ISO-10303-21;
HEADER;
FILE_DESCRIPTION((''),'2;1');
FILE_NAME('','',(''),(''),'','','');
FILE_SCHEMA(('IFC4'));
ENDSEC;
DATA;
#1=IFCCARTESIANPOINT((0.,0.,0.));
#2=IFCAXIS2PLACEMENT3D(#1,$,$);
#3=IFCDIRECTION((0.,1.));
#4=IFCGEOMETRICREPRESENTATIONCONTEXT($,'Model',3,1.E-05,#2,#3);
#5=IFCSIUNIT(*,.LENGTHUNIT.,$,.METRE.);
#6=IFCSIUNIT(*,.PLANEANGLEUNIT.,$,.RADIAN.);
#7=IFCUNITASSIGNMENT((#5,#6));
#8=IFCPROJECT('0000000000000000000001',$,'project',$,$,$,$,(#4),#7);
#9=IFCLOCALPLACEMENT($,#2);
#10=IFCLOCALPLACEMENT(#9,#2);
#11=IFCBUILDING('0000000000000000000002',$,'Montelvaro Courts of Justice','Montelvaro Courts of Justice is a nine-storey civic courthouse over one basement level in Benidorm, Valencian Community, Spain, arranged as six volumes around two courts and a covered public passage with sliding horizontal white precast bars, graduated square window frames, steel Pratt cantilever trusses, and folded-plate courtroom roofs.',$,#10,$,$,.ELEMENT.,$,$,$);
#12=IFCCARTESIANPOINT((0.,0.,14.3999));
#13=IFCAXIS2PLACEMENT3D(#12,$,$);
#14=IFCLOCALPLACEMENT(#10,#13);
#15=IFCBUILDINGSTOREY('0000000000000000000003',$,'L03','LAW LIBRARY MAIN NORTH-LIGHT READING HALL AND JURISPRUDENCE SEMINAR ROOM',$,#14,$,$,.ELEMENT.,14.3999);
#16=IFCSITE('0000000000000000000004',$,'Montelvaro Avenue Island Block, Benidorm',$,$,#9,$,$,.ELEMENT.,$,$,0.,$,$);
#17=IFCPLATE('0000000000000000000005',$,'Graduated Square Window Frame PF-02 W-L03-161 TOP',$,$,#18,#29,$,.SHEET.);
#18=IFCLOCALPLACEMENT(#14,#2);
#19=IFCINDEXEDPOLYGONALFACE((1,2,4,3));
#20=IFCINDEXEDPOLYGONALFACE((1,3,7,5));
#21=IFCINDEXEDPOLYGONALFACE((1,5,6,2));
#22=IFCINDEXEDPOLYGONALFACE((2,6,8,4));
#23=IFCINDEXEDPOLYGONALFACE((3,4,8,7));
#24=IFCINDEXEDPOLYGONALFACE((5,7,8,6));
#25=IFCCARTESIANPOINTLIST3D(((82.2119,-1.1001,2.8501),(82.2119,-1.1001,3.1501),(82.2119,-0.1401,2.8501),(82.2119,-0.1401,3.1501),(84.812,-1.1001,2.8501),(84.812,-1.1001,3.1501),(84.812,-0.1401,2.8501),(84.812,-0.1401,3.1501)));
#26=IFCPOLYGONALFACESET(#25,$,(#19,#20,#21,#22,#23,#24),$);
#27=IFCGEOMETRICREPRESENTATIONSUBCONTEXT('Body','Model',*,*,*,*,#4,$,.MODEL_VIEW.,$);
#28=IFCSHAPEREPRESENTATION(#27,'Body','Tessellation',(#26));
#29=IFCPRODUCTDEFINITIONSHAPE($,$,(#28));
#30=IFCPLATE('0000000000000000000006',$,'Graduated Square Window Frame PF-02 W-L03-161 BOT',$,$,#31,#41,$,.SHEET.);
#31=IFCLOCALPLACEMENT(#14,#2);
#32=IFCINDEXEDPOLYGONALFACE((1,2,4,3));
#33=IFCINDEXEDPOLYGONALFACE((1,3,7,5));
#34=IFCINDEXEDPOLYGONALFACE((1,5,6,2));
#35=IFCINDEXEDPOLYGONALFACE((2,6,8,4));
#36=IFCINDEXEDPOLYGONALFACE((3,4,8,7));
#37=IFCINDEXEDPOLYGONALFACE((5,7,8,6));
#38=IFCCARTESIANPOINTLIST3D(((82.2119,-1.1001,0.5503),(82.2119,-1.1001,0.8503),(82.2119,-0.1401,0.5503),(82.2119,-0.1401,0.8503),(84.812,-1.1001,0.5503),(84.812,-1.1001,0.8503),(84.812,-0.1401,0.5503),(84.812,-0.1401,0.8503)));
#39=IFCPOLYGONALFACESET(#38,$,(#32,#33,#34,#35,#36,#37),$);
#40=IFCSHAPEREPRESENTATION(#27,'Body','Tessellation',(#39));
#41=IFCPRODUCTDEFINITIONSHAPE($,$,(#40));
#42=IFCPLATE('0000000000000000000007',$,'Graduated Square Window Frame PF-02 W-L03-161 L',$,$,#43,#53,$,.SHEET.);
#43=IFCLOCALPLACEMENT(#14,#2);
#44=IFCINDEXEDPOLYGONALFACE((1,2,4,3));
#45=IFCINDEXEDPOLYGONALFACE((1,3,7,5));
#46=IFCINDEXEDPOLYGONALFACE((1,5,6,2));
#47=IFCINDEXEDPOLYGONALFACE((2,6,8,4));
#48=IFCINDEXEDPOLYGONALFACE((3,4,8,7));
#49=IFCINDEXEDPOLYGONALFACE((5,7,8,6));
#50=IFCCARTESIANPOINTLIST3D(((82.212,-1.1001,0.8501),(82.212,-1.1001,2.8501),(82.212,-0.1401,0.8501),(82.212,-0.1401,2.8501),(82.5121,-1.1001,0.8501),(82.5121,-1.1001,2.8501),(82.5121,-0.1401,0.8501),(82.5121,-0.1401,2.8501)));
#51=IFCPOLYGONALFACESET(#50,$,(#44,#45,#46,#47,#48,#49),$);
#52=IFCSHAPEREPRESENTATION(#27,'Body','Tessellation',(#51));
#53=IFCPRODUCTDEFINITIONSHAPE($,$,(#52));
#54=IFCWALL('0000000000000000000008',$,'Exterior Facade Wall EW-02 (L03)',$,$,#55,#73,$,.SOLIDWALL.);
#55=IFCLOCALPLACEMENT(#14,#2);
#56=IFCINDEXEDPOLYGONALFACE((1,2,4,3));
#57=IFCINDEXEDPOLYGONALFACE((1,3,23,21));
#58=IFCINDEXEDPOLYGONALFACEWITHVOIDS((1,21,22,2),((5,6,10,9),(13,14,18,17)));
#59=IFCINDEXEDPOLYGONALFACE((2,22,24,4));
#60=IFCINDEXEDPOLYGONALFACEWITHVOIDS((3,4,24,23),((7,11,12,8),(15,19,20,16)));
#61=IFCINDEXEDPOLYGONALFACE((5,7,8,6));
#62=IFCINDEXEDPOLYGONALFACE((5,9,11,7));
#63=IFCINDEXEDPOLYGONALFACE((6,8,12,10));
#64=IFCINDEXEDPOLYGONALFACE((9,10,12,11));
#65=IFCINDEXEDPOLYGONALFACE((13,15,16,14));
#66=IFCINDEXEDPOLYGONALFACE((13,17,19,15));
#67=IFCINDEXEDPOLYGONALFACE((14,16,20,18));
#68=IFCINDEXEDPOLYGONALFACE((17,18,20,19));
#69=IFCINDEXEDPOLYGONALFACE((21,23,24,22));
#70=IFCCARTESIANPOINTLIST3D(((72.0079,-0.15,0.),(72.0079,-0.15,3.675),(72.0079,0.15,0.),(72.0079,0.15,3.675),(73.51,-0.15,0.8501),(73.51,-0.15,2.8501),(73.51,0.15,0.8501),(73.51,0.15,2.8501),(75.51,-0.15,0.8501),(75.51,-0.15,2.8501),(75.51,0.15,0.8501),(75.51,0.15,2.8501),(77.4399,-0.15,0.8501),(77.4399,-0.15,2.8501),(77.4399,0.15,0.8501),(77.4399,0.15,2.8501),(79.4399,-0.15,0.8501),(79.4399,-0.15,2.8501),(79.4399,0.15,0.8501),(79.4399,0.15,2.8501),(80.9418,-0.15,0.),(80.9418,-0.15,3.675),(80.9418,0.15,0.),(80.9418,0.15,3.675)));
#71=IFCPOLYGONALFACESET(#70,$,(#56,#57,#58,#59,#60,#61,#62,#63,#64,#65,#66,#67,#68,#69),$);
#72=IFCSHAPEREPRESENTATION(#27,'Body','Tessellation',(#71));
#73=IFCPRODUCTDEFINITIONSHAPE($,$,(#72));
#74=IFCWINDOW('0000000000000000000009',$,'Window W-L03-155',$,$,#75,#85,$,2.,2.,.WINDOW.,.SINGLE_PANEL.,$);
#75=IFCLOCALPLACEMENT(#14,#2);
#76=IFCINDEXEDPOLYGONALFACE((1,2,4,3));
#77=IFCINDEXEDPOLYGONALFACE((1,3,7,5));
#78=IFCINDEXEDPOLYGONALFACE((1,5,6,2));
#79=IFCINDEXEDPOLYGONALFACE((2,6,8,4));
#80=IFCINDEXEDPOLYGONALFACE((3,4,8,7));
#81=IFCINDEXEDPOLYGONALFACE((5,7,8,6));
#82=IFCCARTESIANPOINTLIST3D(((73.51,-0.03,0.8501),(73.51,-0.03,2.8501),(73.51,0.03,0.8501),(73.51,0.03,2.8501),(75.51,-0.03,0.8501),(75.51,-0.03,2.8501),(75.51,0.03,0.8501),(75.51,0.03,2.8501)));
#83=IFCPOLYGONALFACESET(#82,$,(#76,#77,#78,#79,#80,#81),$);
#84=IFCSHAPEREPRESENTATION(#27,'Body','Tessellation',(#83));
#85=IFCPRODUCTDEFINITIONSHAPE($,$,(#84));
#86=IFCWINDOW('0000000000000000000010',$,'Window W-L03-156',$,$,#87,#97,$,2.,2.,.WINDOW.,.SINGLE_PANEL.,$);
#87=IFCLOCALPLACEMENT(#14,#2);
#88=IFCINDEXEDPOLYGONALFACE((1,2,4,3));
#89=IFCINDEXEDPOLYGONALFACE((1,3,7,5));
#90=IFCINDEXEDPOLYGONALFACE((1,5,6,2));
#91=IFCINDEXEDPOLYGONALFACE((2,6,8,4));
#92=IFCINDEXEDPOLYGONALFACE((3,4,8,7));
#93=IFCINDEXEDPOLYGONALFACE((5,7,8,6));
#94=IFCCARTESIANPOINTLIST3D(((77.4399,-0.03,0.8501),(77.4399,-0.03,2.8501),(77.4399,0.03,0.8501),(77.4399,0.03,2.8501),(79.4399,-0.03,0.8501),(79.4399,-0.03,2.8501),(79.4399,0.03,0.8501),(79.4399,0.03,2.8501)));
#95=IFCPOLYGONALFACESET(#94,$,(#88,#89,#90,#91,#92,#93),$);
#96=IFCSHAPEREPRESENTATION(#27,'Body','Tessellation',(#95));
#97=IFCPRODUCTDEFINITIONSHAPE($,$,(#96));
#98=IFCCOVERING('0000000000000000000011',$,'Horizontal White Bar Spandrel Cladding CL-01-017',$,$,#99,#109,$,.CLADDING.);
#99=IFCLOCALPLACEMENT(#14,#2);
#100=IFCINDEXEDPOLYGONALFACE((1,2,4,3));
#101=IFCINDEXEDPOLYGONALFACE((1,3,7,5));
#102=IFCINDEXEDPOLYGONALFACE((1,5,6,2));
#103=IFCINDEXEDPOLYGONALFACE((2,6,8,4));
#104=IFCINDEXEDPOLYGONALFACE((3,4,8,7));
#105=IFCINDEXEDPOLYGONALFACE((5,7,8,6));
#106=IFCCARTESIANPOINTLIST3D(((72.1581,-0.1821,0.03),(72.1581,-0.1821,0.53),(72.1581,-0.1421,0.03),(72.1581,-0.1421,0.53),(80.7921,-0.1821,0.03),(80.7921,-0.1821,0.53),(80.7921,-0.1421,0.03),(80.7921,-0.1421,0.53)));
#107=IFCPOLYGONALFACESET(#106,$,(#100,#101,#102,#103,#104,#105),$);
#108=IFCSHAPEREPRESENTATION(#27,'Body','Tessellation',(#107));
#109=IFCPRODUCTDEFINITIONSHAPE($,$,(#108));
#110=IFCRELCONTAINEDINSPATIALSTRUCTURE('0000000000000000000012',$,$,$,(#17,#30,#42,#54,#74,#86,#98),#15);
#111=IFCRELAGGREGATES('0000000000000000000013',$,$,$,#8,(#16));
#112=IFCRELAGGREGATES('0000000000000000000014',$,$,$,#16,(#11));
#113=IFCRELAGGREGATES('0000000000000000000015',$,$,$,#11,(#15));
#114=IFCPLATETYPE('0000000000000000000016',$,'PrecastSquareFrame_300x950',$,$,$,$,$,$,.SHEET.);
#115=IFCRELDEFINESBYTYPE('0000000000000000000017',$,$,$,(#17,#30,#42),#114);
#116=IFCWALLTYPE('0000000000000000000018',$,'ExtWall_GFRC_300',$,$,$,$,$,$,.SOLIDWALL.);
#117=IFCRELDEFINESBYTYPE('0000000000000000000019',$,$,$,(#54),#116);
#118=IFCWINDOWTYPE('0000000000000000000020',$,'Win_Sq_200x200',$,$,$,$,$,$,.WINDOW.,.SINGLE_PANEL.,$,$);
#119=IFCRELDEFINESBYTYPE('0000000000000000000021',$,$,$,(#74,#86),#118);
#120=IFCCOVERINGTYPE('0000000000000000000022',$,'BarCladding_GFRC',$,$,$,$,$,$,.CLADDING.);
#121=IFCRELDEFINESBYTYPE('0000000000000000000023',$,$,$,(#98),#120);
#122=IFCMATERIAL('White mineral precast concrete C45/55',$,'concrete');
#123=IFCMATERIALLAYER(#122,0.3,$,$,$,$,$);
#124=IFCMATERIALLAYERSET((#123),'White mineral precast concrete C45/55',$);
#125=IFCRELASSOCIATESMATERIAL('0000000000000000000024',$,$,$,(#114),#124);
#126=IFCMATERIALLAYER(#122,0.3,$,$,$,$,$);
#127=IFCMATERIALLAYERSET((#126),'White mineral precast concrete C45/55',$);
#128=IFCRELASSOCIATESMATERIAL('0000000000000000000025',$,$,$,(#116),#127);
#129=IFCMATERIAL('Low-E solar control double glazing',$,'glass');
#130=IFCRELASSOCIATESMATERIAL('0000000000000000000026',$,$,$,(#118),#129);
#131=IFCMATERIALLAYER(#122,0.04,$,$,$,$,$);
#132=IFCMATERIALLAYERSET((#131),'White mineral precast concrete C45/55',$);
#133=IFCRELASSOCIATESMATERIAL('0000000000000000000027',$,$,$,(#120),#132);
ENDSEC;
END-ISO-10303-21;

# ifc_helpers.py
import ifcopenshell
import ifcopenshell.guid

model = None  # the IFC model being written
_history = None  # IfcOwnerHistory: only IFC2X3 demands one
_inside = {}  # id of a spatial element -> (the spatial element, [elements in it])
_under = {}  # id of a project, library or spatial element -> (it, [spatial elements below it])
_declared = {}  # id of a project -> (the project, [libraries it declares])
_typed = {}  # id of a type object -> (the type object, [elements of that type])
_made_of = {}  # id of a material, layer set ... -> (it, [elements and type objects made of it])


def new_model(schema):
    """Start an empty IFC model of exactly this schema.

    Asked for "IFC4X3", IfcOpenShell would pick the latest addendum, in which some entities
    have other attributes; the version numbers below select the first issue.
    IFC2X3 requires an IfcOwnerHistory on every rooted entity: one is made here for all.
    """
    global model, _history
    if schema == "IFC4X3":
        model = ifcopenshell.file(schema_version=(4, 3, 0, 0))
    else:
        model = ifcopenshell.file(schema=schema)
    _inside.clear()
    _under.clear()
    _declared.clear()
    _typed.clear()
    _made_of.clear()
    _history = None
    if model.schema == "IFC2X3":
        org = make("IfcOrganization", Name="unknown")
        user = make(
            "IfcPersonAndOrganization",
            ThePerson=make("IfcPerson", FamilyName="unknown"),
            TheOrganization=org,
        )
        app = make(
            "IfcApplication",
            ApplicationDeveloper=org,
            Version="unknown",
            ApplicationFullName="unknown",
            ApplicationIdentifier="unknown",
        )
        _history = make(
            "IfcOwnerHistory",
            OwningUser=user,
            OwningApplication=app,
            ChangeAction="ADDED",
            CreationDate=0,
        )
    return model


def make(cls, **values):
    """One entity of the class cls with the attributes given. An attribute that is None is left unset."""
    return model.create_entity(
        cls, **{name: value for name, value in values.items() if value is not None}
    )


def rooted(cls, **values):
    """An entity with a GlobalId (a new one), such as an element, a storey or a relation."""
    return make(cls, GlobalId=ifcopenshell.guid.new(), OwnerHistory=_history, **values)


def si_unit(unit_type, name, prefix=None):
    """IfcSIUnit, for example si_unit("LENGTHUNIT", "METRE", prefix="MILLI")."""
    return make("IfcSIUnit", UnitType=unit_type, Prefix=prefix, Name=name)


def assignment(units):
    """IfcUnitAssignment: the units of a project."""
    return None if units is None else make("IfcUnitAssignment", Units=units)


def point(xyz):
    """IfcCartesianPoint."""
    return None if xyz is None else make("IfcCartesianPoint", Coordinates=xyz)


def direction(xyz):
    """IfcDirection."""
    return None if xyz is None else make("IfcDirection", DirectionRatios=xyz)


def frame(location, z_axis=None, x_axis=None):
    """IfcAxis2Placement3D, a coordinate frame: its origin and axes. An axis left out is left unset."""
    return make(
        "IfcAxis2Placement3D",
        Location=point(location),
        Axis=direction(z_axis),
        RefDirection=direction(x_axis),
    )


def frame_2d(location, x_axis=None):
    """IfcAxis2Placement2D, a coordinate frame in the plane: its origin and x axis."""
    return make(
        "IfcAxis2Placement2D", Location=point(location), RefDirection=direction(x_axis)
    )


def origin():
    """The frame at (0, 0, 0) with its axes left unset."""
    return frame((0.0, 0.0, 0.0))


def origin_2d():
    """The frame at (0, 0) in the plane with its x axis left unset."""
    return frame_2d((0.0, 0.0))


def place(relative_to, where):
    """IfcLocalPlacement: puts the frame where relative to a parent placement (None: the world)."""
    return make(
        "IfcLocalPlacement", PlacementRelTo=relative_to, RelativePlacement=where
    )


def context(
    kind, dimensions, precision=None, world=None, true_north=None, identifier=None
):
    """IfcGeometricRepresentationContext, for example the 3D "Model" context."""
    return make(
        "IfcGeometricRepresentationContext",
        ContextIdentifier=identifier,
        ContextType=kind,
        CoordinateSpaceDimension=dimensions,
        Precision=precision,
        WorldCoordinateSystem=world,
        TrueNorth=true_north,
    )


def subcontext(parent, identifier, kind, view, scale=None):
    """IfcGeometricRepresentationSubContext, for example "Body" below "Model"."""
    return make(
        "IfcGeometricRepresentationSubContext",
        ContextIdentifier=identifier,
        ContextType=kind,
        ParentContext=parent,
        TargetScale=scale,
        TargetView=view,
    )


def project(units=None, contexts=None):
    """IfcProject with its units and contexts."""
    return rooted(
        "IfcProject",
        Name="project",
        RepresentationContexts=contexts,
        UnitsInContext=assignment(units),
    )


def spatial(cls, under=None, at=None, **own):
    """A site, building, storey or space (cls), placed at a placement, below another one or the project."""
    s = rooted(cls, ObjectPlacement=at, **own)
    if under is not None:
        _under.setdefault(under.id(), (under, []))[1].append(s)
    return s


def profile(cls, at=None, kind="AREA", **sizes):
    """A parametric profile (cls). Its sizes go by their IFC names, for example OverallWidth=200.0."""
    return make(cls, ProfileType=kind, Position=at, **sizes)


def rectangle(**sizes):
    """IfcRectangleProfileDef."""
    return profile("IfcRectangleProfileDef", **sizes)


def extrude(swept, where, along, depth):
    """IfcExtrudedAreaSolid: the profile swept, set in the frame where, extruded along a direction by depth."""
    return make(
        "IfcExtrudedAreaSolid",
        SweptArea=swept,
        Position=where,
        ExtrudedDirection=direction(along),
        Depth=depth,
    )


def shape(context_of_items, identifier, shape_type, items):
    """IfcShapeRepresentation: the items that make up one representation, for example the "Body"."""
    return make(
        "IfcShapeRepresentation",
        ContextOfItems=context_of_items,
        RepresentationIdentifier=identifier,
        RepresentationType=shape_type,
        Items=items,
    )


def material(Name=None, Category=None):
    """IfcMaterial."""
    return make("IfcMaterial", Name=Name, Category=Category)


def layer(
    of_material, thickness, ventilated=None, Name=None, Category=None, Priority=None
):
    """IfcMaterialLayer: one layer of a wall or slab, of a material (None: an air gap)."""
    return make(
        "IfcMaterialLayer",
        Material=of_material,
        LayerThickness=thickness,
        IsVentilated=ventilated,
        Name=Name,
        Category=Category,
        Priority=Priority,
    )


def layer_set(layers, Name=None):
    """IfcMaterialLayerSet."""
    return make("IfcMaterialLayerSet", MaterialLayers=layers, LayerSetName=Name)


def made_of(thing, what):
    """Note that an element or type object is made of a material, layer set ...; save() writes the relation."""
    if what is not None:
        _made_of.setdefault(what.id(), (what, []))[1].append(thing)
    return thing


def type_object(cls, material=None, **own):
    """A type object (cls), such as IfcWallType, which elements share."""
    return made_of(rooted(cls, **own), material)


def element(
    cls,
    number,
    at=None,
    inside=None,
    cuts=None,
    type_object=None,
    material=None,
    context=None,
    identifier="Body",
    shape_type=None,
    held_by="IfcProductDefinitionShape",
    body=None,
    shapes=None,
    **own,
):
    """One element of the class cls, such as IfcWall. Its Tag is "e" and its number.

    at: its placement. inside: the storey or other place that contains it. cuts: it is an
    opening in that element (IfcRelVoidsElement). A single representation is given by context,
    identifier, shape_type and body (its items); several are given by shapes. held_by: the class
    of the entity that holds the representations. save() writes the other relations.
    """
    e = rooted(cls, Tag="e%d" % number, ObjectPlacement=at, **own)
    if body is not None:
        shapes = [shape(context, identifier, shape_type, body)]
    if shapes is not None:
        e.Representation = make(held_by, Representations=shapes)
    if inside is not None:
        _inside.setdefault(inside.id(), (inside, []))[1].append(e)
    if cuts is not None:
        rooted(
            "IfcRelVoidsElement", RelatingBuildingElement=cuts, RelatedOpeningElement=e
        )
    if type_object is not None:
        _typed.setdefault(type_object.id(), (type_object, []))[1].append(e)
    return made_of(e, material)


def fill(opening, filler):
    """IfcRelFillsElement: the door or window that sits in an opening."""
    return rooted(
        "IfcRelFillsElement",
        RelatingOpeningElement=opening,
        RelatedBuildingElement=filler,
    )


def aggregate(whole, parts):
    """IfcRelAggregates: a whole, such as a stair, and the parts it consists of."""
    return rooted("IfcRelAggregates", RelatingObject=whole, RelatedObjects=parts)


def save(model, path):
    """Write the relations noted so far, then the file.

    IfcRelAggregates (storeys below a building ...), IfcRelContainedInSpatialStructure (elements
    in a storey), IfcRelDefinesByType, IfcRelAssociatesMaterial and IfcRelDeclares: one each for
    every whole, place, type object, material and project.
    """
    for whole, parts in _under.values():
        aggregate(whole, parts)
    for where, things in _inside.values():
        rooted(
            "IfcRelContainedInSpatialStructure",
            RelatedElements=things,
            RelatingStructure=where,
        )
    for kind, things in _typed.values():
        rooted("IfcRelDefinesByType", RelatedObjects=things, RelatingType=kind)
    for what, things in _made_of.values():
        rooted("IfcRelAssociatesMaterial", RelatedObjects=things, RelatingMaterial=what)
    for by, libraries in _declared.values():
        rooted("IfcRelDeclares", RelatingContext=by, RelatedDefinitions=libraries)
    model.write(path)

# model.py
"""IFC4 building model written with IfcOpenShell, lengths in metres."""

from ifc_helpers import new_model, si_unit, direction, frame, frame_2d, origin, origin_2d, place, context, subcontext, project, spatial, rectangle, extrude, material, layer, layer_set, type_object, element, fill, save


model = new_model("IFC4")

# Units and contexts
model_context = context("Model", 3, precision=1e-05, world=origin(), true_north=direction((0.0, 1.0)))
body_context = subcontext(model_context, "Body", "Model", "MODEL_VIEW")
ifc_project = project(units=[si_unit("LENGTHUNIT", "METRE"), si_unit("PLANEANGLEUNIT", "RADIAN")], contexts=[model_context])

# Site, building, storey
site_placement = place(None, origin())
site = spatial("IfcSite", under=ifc_project, at=site_placement, Name="Montelvaro Avenue Island Block, Benidorm", CompositionType="ELEMENT", RefElevation=0.0)
building_placement = place(site_placement, origin())
building = spatial("IfcBuilding", under=site, at=building_placement, Name="Montelvaro Courts of Justice", Description="Montelvaro Courts of Justice is a nine-storey civic courthouse over one basement level in Benidorm, Valencian Community, Spain, arranged as six volumes around two courts and a covered public passage with sliding horizontal white precast bars, graduated square window frames, steel Pratt cantilever trusses, and folded-plate courtroom roofs.", CompositionType="ELEMENT")
storey_placement = place(building_placement, frame((0.0, 0.0, 14.3999)))
storey = spatial("IfcBuildingStorey", under=building, at=storey_placement, Name="L03", Description="LAW LIBRARY MAIN NORTH-LIGHT READING HALL AND JURISPRUDENCE SEMINAR ROOM", CompositionType="ELEMENT", Elevation=14.3999)

# Plates
ifc_material_1 = material(Name="White mineral precast concrete C45/55", Category="concrete")
ifc_layer_1 = layer(ifc_material_1, 0.3)
ifc_layer_set_1 = layer_set([ifc_layer_1], Name="White mineral precast concrete C45/55")
plate_type = type_object("IfcPlateType", Name="PrecastSquareFrame_300x950", PredefinedType="SHEET", material=ifc_layer_set_1)
for number, where, z_axis, x_axis, name in (
    (1, (83.512, -0.6201, 2.8501), (0.0, 0.0, 1.0), (1.0, 0.0, 0.0), "Graduated Square Window Frame PF-02 W-L03-161 TOP"),
    (2, (83.512, -0.6201, 0.5503), (0.0, 0.0, 1.0), (1.0, 0.0, 0.0), "Graduated Square Window Frame PF-02 W-L03-161 BOT"),
):
    element("IfcPlate", number, at=place(storey_placement, frame(where, z_axis=z_axis, x_axis=x_axis)), inside=storey, type_object=plate_type, Name=name, PredefinedType="SHEET", context=body_context, shape_type="SweptSolid", body=[
        extrude(rectangle(XDim=2.6001, YDim=0.96, at=origin_2d()), origin(), (0.0, 0.0, 1.0), 0.3),
    ])
plate_placement = place(storey_placement, frame((82.3621, -0.6201, 0.8501), z_axis=(0.0, 0.0, 1.0), x_axis=(1.0, 0.0, 0.0)))
element("IfcPlate", 3, at=plate_placement, inside=storey, type_object=plate_type, Name="Graduated Square Window Frame PF-02 W-L03-161 L", PredefinedType="SHEET", context=body_context, shape_type="SweptSolid", body=[
    extrude(rectangle(XDim=0.3, YDim=0.96, at=origin_2d()), origin(), (0.0, 0.0, 1.0), 2.0),
])

# Wall, openings, windows
ifc_layer_2 = layer(ifc_material_1, 0.3)
ifc_layer_set_2 = layer_set([ifc_layer_2], Name="White mineral precast concrete C45/55")
wall_type = type_object("IfcWallType", Name="ExtWall_GFRC_300", PredefinedType="SOLIDWALL", material=ifc_layer_set_2)
wall_placement = place(storey_placement, frame((72.0081, 0.0, 0.0), z_axis=(0.0, 0.0, 1.0), x_axis=(1.0, 0.0, 0.0)))
wall = element("IfcWall", 4, at=wall_placement, inside=storey, type_object=wall_type, Name="Exterior Facade Wall EW-02 (L03)", PredefinedType="SOLIDWALL", context=body_context, shape_type="SweptSolid", body=[
    extrude(rectangle(XDim=8.9338, YDim=0.3, at=frame_2d((4.4668, 0.0))), origin(), (0.0, 0.0, 1.0), 3.675),
])
opening_1_placement = place(wall_placement, frame((1.502, 0.0, 0.8501)))
opening_1 = element("IfcOpeningElement", 5, at=opening_1_placement, cuts=wall, PredefinedType="OPENING", context=body_context, shape_type="SweptSolid", body=[
    extrude(rectangle(XDim=2.0, YDim=2.0, at=frame_2d((1.0, 1.0))), frame((0.0, 0.165, 0.0), z_axis=(0.0, -1.0, 0.0), x_axis=(1.0, 0.0, 0.0)), (0.0, 0.0, 1.0), 0.3298),
])
opening_2_placement = place(wall_placement, frame((5.4319, 0.0, 0.8501)))
opening_2 = element("IfcOpeningElement", 6, at=opening_2_placement, cuts=wall, PredefinedType="OPENING", context=body_context, shape_type="SweptSolid", body=[
    extrude(rectangle(XDim=2.0, YDim=2.0, at=frame_2d((1.0, 1.0))), frame((0.0, 0.165, 0.0), z_axis=(0.0, -1.0, 0.0), x_axis=(1.0, 0.0, 0.0)), (0.0, 0.0, 1.0), 0.3298),
])
ifc_material_2 = material(Name="Low-E solar control double glazing", Category="glass")
window_type = type_object("IfcWindowType", Name="Win_Sq_200x200", PartitioningType="SINGLE_PANEL", PredefinedType="WINDOW", material=ifc_material_2)
window_1_placement = place(opening_1_placement, origin())
window_1 = element("IfcWindow", 7, at=window_1_placement, inside=storey, type_object=window_type, Name="Window W-L03-155", OverallHeight=2.0, OverallWidth=2.0, PartitioningType="SINGLE_PANEL", PredefinedType="WINDOW", context=body_context, shape_type="SweptSolid", body=[
    extrude(rectangle(XDim=2.0, YDim=2.0, at=frame_2d((1.0, 1.0))), frame((0.0, 0.03, 0.0), z_axis=(0.0, -1.0, 0.0), x_axis=(1.0, 0.0, 0.0)), (0.0, 0.0, 1.0), 0.0601),
])
fill(opening_1, window_1)
window_2_placement = place(opening_2_placement, origin())
window_2 = element("IfcWindow", 8, at=window_2_placement, inside=storey, type_object=window_type, Name="Window W-L03-156", OverallHeight=2.0, OverallWidth=2.0, PartitioningType="SINGLE_PANEL", PredefinedType="WINDOW", context=body_context, shape_type="SweptSolid", body=[
    extrude(rectangle(XDim=2.0, YDim=2.0, at=frame_2d((1.0, 1.0))), frame((0.0, 0.03, 0.0), z_axis=(0.0, -1.0, 0.0), x_axis=(1.0, 0.0, 0.0)), (0.0, 0.0, 1.0), 0.0601),
])
fill(opening_2, window_2)

# Covering
ifc_layer_3 = layer(ifc_material_1, 0.04)
ifc_layer_set_3 = layer_set([ifc_layer_3], Name="White mineral precast concrete C45/55")
covering_type = type_object("IfcCoveringType", Name="BarCladding_GFRC", PredefinedType="CLADDING", material=ifc_layer_set_3)
covering_placement = place(storey_placement, frame((76.4751, -0.1621, 0.03), z_axis=(0.0, 0.0, 1.0), x_axis=(1.0, 0.0, 0.0)))
element("IfcCovering", 9, at=covering_placement, inside=storey, type_object=covering_type, Name="Horizontal White Bar Spandrel Cladding CL-01-017", PredefinedType="CLADDING", context=body_context, shape_type="SweptSolid", body=[
    extrude(rectangle(XDim=8.634, YDim=0.04, at=origin_2d()), origin(), (0.0, 0.0, 1.0), 0.5),
])

save(model, "model.ifc")
